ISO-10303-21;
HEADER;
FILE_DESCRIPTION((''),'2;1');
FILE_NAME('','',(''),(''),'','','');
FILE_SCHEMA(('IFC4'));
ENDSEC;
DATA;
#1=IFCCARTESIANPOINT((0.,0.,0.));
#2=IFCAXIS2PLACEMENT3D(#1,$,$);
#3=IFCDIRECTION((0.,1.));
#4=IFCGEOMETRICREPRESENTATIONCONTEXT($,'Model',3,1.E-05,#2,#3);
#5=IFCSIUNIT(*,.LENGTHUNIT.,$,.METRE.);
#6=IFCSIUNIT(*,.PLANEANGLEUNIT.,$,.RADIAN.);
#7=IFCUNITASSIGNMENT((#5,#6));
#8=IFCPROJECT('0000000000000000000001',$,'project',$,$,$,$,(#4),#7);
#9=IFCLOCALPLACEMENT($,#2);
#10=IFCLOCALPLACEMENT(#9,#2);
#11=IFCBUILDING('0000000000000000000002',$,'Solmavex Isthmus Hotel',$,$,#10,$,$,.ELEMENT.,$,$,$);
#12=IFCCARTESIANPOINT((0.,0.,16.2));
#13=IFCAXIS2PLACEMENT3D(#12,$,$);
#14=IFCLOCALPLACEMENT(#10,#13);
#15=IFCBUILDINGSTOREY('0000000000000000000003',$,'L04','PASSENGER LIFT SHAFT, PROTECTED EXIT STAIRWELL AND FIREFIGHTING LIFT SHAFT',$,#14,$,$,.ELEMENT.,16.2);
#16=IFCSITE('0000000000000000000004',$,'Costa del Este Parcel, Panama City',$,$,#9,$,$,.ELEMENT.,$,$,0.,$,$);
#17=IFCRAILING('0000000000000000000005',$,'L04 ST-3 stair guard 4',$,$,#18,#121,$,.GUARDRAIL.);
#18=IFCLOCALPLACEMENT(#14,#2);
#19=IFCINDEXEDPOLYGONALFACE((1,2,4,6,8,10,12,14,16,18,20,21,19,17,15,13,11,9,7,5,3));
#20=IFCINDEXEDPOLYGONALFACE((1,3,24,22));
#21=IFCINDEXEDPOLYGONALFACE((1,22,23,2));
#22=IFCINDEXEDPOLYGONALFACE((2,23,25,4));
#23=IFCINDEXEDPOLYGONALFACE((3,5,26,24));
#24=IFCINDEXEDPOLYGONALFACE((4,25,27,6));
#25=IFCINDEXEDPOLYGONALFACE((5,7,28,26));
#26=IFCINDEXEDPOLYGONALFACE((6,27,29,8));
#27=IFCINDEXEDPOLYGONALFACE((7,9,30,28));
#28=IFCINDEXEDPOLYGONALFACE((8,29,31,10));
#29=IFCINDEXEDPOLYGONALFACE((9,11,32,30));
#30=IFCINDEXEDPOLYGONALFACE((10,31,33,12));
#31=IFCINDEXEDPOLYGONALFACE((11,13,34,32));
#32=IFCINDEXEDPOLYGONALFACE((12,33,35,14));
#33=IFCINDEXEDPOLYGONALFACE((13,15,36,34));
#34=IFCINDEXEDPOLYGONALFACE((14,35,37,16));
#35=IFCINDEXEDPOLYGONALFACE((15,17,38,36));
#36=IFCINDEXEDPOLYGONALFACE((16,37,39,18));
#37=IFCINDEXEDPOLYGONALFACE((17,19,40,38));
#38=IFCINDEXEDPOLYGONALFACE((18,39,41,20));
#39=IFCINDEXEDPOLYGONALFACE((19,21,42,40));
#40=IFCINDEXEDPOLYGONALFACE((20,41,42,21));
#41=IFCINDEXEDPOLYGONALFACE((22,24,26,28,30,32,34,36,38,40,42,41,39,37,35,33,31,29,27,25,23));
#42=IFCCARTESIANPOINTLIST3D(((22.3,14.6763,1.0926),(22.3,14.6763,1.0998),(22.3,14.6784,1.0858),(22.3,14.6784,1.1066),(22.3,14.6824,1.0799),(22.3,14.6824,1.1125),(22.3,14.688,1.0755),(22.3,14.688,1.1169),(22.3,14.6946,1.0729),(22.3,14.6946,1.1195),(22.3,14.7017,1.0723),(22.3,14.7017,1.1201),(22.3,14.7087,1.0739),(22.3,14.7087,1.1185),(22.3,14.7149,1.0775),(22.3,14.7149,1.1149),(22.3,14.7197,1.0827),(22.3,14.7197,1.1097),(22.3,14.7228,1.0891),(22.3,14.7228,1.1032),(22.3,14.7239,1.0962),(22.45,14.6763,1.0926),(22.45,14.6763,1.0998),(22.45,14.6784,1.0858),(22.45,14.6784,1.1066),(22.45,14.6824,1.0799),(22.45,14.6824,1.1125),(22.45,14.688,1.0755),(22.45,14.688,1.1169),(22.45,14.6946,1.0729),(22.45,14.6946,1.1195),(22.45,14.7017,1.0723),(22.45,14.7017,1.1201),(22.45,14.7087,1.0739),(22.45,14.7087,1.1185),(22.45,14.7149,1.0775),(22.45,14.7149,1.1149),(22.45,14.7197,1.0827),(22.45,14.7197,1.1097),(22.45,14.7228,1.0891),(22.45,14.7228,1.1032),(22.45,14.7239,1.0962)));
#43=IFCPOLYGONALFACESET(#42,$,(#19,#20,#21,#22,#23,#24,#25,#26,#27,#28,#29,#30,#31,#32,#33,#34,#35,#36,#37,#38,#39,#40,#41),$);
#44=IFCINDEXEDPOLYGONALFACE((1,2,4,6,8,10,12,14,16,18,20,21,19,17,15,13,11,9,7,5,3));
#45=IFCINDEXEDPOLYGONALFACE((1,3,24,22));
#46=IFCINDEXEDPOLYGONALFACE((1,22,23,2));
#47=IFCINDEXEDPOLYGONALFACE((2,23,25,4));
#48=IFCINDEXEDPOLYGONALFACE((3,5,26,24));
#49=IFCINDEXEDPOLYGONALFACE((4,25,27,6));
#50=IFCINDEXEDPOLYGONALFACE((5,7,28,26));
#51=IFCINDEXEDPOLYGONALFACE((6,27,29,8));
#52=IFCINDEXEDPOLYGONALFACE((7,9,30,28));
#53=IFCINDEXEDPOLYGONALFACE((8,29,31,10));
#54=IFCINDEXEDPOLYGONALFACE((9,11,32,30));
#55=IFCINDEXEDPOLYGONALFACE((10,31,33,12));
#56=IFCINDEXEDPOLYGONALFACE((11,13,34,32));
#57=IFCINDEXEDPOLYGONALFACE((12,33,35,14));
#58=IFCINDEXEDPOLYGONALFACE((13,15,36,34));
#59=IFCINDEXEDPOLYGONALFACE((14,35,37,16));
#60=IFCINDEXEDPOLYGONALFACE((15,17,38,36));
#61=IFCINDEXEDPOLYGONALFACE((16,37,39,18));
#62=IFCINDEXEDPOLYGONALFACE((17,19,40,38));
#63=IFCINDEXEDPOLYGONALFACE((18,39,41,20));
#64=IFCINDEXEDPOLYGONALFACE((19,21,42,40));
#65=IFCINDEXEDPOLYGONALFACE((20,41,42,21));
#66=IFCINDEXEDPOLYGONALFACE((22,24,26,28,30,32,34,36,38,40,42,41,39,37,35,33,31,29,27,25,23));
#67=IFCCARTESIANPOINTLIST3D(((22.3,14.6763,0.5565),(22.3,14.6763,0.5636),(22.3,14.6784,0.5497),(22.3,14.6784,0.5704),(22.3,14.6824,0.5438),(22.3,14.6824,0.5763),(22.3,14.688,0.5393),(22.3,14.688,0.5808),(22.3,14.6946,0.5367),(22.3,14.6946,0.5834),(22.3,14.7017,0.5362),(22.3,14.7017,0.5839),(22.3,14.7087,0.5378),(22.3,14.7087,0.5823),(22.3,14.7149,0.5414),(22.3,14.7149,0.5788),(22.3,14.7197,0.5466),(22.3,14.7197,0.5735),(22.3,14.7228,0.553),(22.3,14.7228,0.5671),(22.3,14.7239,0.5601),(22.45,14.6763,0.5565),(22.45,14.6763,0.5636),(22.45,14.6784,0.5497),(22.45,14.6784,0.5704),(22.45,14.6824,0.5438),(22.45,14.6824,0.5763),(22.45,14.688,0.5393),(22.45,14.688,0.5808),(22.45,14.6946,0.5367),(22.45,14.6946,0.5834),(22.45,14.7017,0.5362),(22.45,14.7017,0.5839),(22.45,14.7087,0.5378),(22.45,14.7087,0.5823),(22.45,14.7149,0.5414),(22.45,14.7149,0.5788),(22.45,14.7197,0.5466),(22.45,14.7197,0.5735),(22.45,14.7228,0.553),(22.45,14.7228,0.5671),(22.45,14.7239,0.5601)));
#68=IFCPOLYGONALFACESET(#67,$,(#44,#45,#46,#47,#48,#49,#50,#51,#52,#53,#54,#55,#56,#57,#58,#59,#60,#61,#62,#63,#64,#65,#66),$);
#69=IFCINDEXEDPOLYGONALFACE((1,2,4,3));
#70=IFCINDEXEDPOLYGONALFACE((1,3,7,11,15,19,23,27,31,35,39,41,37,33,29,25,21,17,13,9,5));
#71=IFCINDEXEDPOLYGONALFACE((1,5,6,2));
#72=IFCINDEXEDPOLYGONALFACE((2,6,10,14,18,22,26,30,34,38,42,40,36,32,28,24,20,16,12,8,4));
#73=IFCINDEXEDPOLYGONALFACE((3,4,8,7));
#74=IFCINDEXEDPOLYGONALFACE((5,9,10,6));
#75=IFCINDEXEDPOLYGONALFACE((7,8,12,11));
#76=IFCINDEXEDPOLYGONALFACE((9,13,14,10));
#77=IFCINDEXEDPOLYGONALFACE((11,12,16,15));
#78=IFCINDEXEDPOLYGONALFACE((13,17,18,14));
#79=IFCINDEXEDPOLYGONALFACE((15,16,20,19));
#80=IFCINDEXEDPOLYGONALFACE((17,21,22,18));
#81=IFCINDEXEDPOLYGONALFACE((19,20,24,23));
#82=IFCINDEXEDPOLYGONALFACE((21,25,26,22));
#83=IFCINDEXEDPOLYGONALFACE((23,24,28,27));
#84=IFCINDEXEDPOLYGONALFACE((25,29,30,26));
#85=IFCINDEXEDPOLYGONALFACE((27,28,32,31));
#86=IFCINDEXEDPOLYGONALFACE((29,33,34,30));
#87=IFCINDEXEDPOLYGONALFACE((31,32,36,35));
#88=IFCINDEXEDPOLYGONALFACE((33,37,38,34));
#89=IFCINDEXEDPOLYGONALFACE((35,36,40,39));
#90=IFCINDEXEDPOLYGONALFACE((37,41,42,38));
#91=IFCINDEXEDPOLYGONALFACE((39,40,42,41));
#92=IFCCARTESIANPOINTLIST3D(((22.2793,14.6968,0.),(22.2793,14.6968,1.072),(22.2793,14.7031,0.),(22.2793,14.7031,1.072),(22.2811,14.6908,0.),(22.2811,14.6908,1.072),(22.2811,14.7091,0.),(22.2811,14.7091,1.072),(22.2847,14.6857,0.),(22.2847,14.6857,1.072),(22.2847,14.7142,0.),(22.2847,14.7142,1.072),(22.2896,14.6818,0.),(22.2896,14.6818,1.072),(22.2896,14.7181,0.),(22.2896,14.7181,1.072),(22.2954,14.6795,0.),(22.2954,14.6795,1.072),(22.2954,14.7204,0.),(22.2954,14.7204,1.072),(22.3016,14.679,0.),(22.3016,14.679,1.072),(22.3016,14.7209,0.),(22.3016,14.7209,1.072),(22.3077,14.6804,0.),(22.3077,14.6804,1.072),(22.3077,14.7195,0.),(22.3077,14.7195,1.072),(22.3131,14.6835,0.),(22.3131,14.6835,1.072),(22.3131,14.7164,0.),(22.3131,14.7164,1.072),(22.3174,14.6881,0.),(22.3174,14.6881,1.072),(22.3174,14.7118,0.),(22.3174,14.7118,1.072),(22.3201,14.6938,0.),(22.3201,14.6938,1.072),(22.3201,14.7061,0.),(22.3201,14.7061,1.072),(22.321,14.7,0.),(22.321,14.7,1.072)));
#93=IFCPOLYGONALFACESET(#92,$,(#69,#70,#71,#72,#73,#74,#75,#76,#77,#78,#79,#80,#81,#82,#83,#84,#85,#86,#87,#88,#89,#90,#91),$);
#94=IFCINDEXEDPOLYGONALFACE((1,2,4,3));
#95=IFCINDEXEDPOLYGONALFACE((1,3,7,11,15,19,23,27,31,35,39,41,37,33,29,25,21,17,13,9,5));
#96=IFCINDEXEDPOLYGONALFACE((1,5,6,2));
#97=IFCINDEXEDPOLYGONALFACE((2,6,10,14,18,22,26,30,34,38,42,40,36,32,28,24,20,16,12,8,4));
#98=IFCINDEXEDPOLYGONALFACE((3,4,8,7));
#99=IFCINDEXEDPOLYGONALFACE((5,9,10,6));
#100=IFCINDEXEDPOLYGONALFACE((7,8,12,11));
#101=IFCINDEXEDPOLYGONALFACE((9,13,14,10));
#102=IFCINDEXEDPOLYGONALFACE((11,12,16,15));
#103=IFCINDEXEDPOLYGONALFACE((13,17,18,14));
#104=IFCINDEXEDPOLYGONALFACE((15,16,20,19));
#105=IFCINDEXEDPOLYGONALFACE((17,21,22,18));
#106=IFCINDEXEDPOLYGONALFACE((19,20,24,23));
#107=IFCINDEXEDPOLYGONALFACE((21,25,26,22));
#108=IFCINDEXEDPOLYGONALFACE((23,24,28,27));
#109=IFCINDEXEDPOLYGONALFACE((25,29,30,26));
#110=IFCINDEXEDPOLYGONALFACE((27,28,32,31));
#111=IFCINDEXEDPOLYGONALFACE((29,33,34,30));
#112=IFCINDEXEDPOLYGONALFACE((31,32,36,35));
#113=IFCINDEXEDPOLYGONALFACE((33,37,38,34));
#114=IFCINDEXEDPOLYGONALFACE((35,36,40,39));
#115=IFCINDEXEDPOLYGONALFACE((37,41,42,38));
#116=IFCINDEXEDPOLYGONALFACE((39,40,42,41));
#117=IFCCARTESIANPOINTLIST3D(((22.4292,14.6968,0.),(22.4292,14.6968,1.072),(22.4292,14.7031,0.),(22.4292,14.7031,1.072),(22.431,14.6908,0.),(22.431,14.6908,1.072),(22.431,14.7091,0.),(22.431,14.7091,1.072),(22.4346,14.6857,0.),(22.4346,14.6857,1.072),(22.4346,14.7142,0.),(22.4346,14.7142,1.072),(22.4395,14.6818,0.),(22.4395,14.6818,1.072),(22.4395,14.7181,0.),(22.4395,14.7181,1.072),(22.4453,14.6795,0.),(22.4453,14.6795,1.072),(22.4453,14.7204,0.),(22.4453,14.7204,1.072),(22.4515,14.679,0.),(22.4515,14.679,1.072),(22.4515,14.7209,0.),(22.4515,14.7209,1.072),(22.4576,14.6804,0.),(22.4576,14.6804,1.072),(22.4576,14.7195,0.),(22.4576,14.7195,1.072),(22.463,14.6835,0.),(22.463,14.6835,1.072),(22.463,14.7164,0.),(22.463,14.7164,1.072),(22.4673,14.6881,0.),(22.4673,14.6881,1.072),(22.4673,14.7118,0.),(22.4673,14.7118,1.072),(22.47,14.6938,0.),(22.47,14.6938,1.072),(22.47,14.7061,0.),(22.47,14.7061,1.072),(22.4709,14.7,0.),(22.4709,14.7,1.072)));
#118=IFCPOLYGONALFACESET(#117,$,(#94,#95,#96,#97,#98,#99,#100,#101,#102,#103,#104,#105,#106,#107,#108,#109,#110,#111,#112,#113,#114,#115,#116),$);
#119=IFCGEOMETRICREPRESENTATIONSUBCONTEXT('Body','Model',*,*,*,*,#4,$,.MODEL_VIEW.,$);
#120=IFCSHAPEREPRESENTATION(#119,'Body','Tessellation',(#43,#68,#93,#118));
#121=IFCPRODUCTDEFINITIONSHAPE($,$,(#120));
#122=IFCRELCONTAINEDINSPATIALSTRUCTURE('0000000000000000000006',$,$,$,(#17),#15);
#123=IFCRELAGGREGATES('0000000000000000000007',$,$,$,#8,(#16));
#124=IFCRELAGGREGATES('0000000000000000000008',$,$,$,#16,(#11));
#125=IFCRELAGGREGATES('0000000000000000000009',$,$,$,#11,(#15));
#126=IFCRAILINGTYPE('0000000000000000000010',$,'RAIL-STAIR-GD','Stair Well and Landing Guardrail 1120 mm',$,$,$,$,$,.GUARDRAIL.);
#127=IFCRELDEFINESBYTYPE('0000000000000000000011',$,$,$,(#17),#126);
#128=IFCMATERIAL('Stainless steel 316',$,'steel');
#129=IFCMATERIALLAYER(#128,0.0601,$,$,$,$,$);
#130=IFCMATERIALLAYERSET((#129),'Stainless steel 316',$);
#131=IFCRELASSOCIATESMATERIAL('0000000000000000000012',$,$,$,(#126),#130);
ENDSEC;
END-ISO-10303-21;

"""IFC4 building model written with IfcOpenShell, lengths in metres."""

from ifc_helpers import new_model, si_unit, direction, frame, origin, origin_2d, place, context, subcontext, project, spatial, circle, extrude, material, layer, layer_set, type_object, element, save


model = new_model("IFC4")

# Units and contexts
model_context = context("Model", 3, precision=1e-05, world=origin(), true_north=direction((0.0, 1.0)))
body_context = subcontext(model_context, "Body", "Model", "MODEL_VIEW")
ifc_project = project(units=[si_unit("LENGTHUNIT", "METRE"), si_unit("PLANEANGLEUNIT", "RADIAN")], contexts=[model_context])

# Site, building, storey
site_placement = place(None, origin())
site = spatial("IfcSite", under=ifc_project, at=site_placement, Name="Costa del Este Parcel, Panama City", CompositionType="ELEMENT", RefElevation=0.0)
building_placement = place(site_placement, origin())
building = spatial("IfcBuilding", under=site, at=building_placement, Name="Solmavex Isthmus Hotel", CompositionType="ELEMENT")
storey_placement = place(building_placement, frame((0.0, 0.0, 16.2)))
storey = spatial("IfcBuildingStorey", under=building, at=storey_placement, Name="L04", Description="PASSENGER LIFT SHAFT, PROTECTED EXIT STAIRWELL AND FIREFIGHTING LIFT SHAFT", CompositionType="ELEMENT", Elevation=16.2)

# Railing
ifc_material_1 = material(Name="Stainless steel 316", Category="steel")
ifc_layer_1 = layer(ifc_material_1, 0.0601)
ifc_layer_set_1 = layer_set([ifc_layer_1], Name="Stainless steel 316")
railing_type_1 = type_object("IfcRailingType", Name="RAIL-STAIR-GD", Description="Stair Well and Landing Guardrail 1120 mm", PredefinedType="GUARDRAIL", material=ifc_layer_set_1)
railing_1_placement = place(storey_placement, frame((22.3, 14.7, 0.0)))
element("IfcRailing", 1, at=railing_1_placement, inside=storey, type_object=railing_type_1, Name="L04 ST-3 stair guard 4", PredefinedType="GUARDRAIL", context=body_context, shape_type="SweptSolid", body=[
    extrude(circle(Radius=0.0239, at=origin_2d()), frame((0.0, 0.0, 1.0962), z_axis=(1.0, 0.0, 0.0), x_axis=(0.0, 1.0, 0.0)), (0.0, 0.0, 1.0), 0.1499),
    extrude(circle(Radius=0.0239, at=origin_2d()), frame((0.0, 0.0, 0.5601), z_axis=(1.0, 0.0, 0.0), x_axis=(0.0, 1.0, 0.0)), (0.0, 0.0, 1.0), 0.1499),
    extrude(circle(Radius=0.021, at=origin_2d()), origin(), (0.0, 0.0, 1.0), 1.072),
    extrude(circle(Radius=0.021, at=origin_2d()), frame((0.1499, 0.0, 0.0)), (0.0, 0.0, 1.0), 1.072),
])

save(model, "model.ifc")
